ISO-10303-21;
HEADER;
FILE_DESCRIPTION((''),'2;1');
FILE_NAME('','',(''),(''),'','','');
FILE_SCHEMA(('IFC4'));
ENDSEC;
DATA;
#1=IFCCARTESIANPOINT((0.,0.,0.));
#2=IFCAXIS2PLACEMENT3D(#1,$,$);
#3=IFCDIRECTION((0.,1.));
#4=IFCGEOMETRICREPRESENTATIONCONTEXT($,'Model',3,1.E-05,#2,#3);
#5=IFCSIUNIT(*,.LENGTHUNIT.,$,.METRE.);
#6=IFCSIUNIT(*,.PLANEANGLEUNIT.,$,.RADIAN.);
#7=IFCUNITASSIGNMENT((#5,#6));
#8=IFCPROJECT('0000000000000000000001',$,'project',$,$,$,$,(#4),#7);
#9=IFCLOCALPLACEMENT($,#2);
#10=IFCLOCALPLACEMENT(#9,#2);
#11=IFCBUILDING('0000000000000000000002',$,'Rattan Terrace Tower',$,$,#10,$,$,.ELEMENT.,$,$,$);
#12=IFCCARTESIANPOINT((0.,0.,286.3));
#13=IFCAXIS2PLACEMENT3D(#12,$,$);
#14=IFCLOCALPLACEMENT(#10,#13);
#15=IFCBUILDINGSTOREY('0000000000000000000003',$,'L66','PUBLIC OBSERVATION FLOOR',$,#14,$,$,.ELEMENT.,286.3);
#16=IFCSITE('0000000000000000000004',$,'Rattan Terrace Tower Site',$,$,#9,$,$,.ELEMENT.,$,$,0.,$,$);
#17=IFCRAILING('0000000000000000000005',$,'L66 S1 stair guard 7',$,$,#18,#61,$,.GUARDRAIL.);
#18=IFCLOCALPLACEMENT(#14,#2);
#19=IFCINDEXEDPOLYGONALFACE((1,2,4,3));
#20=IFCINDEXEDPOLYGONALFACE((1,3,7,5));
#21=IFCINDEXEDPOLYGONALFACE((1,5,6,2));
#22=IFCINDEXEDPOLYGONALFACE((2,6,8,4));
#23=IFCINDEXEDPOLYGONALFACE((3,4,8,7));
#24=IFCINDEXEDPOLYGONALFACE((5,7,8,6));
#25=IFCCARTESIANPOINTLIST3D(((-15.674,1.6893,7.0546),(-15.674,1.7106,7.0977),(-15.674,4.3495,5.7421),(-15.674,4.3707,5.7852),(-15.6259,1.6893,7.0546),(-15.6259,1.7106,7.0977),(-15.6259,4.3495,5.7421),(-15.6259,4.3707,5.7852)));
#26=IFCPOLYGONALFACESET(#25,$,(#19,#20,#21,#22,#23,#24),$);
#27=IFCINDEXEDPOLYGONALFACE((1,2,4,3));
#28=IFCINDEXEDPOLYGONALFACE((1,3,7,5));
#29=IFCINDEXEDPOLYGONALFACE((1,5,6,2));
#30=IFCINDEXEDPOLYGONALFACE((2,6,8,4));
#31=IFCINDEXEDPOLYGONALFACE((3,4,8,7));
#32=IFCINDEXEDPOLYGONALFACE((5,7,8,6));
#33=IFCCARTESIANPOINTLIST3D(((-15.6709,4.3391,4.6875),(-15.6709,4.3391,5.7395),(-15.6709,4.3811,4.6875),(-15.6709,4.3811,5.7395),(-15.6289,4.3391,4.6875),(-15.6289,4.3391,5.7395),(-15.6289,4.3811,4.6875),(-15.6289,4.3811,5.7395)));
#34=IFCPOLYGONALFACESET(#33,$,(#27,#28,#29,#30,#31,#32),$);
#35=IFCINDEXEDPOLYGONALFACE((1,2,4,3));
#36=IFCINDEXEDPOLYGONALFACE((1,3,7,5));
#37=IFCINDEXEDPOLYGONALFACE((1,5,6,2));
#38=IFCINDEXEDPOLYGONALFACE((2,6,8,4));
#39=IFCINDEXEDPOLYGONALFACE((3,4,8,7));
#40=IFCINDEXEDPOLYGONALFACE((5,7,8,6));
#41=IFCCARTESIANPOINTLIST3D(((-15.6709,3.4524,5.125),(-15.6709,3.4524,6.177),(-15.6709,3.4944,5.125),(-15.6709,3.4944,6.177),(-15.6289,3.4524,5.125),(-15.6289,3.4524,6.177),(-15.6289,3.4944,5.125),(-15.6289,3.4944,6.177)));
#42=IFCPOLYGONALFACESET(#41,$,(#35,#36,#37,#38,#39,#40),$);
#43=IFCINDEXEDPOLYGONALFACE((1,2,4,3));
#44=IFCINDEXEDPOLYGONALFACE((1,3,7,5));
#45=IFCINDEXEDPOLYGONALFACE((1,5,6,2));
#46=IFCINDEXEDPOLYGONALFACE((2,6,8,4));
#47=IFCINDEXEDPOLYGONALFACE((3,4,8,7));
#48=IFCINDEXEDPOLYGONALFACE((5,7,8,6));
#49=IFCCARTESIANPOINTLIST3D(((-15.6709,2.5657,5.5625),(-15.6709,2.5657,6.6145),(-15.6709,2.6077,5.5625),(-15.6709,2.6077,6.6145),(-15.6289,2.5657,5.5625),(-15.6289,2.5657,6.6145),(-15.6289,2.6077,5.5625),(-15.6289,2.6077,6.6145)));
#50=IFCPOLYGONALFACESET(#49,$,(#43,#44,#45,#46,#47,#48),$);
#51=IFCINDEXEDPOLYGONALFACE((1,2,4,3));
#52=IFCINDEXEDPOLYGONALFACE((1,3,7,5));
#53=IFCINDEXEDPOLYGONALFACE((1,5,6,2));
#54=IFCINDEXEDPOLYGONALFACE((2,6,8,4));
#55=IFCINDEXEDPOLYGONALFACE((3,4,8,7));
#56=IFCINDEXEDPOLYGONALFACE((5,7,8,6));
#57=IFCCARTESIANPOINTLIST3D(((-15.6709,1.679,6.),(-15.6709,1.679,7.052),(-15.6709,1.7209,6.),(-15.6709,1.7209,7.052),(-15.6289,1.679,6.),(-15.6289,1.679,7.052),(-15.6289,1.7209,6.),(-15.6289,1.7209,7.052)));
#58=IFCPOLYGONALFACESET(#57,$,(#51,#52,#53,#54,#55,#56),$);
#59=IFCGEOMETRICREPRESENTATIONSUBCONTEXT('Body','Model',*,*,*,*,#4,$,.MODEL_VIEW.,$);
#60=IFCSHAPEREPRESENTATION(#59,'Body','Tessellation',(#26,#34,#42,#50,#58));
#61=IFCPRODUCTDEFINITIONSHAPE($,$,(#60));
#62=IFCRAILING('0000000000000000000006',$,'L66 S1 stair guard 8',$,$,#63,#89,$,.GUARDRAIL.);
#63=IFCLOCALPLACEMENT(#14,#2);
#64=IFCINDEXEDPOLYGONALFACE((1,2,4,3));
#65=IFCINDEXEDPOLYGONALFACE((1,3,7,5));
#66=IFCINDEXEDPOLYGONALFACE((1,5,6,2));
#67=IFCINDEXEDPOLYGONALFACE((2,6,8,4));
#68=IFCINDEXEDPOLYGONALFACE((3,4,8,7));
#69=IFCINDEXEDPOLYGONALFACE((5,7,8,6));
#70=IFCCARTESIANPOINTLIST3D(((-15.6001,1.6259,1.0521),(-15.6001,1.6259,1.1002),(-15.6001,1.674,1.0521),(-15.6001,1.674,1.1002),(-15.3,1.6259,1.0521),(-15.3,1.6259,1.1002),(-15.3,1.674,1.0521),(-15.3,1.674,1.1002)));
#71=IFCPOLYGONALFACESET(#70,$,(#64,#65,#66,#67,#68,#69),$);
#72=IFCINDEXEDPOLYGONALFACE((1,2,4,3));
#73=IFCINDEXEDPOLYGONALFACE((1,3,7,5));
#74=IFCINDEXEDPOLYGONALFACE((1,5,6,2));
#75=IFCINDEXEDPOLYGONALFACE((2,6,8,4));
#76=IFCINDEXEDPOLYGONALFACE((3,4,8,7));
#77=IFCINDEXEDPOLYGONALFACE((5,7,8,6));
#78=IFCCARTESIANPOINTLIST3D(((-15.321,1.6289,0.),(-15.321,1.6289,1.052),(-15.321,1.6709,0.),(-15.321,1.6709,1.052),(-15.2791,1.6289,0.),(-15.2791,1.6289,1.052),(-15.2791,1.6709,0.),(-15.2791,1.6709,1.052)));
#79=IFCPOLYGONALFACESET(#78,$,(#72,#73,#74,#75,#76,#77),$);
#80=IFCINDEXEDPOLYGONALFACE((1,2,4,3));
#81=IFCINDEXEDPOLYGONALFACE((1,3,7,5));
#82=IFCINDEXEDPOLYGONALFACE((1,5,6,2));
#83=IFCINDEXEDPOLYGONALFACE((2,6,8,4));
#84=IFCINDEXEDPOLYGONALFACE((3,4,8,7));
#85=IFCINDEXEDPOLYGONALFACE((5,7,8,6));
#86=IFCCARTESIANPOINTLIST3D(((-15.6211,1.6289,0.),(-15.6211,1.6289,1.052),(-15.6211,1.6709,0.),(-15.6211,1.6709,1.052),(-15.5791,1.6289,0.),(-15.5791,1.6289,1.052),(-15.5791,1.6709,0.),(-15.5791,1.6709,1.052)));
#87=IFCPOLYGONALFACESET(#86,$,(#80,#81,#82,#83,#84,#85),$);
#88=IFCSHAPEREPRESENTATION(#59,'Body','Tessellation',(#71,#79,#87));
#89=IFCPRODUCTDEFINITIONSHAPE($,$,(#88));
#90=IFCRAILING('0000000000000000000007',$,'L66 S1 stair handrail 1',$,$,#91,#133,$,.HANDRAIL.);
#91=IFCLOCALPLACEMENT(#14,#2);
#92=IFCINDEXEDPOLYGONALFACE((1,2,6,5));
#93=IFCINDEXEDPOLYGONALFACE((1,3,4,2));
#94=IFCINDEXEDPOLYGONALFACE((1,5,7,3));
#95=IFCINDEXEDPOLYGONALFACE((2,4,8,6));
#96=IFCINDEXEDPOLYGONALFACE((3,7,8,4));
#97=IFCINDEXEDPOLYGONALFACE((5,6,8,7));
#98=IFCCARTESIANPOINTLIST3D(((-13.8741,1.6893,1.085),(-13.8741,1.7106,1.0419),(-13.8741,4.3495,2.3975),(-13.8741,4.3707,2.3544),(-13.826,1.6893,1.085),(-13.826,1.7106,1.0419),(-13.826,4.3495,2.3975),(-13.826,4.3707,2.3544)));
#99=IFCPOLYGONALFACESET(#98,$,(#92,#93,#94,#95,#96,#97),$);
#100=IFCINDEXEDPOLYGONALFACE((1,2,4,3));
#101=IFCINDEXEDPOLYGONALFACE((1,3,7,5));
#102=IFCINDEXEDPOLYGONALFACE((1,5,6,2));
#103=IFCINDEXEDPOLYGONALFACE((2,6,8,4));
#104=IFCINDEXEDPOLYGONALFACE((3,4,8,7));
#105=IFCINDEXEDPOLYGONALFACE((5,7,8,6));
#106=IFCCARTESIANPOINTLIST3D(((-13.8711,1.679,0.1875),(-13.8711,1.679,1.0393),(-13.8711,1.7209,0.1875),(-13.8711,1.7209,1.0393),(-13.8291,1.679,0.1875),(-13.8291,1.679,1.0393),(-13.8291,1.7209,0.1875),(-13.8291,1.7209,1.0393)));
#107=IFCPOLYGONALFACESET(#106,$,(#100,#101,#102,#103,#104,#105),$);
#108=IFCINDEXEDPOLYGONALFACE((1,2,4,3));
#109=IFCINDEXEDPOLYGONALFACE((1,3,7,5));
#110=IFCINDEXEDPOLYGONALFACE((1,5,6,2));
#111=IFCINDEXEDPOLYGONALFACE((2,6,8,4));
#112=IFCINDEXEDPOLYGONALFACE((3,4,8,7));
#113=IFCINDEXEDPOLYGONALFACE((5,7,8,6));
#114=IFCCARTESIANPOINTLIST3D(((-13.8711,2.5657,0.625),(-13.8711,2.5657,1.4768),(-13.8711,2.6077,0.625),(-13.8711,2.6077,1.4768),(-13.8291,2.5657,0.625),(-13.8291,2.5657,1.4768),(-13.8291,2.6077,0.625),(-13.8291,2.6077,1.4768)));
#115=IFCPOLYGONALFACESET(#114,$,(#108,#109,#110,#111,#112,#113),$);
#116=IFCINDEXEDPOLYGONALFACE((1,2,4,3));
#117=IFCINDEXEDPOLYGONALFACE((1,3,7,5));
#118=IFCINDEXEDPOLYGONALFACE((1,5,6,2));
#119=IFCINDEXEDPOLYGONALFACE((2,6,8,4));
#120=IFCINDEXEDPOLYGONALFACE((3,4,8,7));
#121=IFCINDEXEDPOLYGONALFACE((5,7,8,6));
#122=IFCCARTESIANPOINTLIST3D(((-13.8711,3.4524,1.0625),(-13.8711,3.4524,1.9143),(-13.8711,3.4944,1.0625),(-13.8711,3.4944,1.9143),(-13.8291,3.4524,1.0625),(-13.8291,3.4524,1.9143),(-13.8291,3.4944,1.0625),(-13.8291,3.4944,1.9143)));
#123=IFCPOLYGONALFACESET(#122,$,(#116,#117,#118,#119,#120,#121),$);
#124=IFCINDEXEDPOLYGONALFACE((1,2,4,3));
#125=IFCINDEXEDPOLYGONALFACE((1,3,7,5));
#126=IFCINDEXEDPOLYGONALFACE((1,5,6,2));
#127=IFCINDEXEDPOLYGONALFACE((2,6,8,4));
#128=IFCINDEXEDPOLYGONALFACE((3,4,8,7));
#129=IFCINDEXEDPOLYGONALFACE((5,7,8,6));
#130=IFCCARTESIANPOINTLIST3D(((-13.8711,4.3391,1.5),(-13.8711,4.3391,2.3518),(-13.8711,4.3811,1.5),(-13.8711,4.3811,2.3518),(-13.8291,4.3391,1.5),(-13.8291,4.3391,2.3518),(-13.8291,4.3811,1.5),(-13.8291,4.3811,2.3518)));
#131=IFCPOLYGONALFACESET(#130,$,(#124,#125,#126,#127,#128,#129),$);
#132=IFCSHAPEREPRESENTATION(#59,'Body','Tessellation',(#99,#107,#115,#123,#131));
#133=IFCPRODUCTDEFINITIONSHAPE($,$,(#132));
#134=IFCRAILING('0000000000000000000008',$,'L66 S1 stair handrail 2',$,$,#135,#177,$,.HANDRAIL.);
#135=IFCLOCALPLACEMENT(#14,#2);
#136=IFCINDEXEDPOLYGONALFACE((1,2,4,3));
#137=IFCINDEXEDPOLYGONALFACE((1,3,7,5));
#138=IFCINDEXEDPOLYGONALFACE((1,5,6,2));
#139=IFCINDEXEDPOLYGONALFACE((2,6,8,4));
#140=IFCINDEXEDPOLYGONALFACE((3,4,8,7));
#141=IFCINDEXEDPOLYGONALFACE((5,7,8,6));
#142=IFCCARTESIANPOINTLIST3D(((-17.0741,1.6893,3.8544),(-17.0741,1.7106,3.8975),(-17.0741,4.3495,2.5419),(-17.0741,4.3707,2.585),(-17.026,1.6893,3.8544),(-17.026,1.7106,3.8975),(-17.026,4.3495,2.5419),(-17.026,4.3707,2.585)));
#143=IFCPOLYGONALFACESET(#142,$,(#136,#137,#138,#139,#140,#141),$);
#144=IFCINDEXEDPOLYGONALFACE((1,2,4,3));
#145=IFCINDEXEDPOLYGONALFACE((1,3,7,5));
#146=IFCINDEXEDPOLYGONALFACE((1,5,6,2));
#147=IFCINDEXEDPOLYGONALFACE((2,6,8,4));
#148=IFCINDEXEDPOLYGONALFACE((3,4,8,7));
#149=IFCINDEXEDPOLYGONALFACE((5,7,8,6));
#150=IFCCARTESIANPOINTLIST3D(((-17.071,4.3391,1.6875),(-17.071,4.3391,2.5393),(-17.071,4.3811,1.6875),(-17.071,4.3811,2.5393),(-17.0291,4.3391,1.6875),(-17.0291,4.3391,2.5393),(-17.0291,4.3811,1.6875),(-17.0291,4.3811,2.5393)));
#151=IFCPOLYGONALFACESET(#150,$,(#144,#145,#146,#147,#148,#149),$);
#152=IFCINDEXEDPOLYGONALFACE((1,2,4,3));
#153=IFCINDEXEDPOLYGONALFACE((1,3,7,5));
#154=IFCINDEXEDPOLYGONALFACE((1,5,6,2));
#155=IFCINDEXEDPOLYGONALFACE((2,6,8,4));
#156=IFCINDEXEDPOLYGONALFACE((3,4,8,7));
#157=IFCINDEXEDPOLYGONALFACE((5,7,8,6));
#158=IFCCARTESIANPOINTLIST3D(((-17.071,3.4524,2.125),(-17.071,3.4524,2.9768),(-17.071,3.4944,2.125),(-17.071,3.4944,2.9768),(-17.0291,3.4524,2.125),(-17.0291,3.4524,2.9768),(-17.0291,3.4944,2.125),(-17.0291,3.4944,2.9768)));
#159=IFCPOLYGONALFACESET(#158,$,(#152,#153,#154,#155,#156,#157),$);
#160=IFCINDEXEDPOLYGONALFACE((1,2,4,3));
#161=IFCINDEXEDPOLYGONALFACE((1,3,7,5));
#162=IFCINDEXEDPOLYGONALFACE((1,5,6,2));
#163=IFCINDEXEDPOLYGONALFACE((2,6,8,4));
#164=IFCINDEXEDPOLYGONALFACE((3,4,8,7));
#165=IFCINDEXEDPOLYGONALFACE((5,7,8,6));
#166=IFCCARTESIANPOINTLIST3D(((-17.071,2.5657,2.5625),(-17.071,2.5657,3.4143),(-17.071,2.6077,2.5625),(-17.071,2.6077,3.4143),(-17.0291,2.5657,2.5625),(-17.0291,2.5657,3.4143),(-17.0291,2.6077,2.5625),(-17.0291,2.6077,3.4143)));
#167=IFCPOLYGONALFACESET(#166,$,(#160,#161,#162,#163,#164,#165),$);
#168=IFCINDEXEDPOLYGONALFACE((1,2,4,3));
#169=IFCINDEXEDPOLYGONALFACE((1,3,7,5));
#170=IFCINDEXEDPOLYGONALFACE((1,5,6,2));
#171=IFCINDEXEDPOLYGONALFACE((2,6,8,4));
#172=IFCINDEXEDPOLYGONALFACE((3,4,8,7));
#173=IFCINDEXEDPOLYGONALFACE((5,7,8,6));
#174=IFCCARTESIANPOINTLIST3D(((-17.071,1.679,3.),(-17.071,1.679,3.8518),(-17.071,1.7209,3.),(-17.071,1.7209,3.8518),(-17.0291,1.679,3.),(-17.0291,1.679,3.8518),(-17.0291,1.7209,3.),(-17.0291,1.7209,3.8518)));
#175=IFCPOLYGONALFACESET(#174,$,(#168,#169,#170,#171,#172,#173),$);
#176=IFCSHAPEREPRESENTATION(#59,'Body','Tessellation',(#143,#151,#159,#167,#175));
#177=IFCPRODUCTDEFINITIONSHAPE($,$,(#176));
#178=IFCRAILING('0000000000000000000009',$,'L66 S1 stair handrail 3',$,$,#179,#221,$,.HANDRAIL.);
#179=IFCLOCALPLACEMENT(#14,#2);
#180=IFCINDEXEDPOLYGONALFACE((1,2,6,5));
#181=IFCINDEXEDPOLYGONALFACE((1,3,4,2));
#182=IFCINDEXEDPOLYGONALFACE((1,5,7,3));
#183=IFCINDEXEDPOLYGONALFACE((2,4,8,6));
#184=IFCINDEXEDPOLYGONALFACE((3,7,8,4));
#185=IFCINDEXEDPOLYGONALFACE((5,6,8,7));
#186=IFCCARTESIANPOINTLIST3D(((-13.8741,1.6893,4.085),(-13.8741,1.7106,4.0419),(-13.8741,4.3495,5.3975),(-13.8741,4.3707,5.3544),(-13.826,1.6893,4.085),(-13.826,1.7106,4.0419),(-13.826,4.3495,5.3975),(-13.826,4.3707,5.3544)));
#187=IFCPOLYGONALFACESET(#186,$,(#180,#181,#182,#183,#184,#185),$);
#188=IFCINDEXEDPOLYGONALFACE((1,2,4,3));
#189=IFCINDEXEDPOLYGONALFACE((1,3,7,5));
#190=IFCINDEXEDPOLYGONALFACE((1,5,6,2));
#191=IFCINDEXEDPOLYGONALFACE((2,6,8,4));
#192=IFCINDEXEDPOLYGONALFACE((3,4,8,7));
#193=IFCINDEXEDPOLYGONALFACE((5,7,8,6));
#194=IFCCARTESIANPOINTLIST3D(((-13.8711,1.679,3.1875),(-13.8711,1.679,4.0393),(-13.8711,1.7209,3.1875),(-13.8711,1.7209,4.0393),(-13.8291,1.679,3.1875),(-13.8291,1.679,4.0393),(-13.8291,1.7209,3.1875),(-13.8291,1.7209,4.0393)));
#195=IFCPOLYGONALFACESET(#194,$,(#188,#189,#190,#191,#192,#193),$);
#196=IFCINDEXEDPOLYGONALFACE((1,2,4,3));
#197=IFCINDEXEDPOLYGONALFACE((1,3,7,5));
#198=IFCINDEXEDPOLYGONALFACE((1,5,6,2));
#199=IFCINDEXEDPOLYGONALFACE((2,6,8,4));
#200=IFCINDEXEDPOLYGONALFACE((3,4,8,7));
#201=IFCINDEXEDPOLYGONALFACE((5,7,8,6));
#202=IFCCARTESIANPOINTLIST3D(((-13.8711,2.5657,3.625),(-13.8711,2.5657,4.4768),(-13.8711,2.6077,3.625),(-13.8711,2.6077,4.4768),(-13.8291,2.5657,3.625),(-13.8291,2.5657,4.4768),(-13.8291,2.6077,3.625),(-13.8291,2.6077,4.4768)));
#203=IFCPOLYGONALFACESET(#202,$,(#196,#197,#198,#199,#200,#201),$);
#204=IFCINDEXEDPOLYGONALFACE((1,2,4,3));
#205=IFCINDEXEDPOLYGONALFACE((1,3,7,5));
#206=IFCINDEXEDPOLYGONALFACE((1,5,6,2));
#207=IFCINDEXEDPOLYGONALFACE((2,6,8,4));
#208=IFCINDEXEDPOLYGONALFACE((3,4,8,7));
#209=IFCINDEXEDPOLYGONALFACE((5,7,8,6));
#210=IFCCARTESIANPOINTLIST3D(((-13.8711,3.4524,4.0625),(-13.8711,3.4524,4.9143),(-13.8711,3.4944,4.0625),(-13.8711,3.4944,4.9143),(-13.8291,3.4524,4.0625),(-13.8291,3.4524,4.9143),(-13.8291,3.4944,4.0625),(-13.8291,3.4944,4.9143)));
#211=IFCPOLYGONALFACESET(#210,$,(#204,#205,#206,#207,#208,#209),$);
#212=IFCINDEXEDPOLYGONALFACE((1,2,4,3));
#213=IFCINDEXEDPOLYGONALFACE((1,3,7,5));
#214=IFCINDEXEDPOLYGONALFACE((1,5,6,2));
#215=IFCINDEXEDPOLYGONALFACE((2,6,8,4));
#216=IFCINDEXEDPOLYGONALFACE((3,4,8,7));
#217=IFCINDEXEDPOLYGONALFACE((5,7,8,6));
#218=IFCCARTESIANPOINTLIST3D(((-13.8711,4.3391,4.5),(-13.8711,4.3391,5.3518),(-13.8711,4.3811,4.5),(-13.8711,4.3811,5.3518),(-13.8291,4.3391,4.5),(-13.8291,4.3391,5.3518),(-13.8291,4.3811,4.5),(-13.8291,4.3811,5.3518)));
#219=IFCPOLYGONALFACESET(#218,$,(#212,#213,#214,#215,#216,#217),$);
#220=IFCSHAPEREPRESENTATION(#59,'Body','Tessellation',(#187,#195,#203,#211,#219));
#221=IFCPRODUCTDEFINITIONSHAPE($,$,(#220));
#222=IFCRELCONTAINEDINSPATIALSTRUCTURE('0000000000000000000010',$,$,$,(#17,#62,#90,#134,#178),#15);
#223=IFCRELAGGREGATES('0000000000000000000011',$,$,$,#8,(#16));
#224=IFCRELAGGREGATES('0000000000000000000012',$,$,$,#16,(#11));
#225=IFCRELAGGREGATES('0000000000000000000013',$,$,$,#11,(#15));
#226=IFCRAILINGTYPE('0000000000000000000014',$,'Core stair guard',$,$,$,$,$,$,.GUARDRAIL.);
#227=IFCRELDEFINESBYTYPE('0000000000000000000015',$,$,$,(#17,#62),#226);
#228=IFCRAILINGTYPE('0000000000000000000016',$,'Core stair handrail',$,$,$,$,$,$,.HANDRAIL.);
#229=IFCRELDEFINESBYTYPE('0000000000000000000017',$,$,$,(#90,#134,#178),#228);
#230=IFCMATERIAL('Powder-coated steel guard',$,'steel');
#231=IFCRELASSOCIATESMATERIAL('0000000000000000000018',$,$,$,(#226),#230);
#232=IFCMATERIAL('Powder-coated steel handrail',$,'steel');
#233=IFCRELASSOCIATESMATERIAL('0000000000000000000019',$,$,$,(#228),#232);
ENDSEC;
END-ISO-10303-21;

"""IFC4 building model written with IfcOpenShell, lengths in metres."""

from ifc_helpers import new_model, si_unit, direction, frame, origin, origin_2d, place, context, subcontext, project, spatial, rectangle, extrude, material, type_object, element, save


model = new_model("IFC4")

# Units and contexts
model_context = context("Model", 3, precision=1e-05, world=origin(), true_north=direction((0.0, 1.0)))
body_context = subcontext(model_context, "Body", "Model", "MODEL_VIEW")
ifc_project = project(units=[si_unit("LENGTHUNIT", "METRE"), si_unit("PLANEANGLEUNIT", "RADIAN")], contexts=[model_context])

# Site, building, storey
site_placement = place(None, origin())
site = spatial("IfcSite", under=ifc_project, at=site_placement, Name="Rattan Terrace Tower Site", CompositionType="ELEMENT", RefElevation=0.0)
building_placement = place(site_placement, origin())
building = spatial("IfcBuilding", under=site, at=building_placement, Name="Rattan Terrace Tower", CompositionType="ELEMENT")
storey_placement = place(building_placement, frame((0.0, 0.0, 286.3)))
storey = spatial("IfcBuildingStorey", under=building, at=storey_placement, Name="L66", Description="PUBLIC OBSERVATION FLOOR", CompositionType="ELEMENT", Elevation=286.3)

# Railings
ifc_material_1 = material(Name="Powder-coated steel guard", Category="steel")
railing_type_1 = type_object("IfcRailingType", Name="Core stair guard", PredefinedType="GUARDRAIL", material=ifc_material_1)
railing_1_placement = place(storey_placement, frame((-15.6499, 4.3601, 4.6875)))
element("IfcRailing", 1, at=railing_1_placement, inside=storey, type_object=railing_type_1, Name="L66 S1 stair guard 7", PredefinedType="GUARDRAIL", context=body_context, shape_type="SweptSolid", body=[
    extrude(rectangle(XDim=0.0481, YDim=0.0481, at=origin_2d()), frame((0.0, 0.0, 1.0762), z_axis=(0.0, -0.896785, 0.442467), x_axis=(1.0, 0.0, 0.0)), (0.0, 0.0, 1.0), 2.9663),
    extrude(rectangle(XDim=0.042, YDim=0.042, at=origin_2d()), origin(), (0.0, 0.0, 1.0), 1.052),
    extrude(rectangle(XDim=0.042, YDim=0.042, at=origin_2d()), frame((0.0, -0.8867, 0.4375)), (0.0, 0.0, 1.0), 1.052),
    extrude(rectangle(XDim=0.042, YDim=0.042, at=origin_2d()), frame((0.0, -1.7734, 0.875)), (0.0, 0.0, 1.0), 1.052),
    extrude(rectangle(XDim=0.042, YDim=0.042, at=origin_2d()), frame((0.0, -2.6602, 1.3125)), (0.0, 0.0, 1.0), 1.052),
])
railing_2_placement = place(storey_placement, frame((-15.3, 1.6499, 0.0)))
element("IfcRailing", 2, at=railing_2_placement, inside=storey, type_object=railing_type_1, Name="L66 S1 stair guard 8", PredefinedType="GUARDRAIL", context=body_context, shape_type="SweptSolid", body=[
    extrude(rectangle(XDim=0.0481, YDim=0.0481, at=origin_2d()), frame((0.0, 0.0, 1.0762), z_axis=(-1.0, 0.0, 0.0), x_axis=(0.0, -1.0, 0.0)), (0.0, 0.0, 1.0), 0.3),
    extrude(rectangle(XDim=0.042, YDim=0.042, at=origin_2d()), origin(), (0.0, 0.0, 1.0), 1.052),
    extrude(rectangle(XDim=0.042, YDim=0.042, at=origin_2d()), frame((-0.3, 0.0, 0.0)), (0.0, 0.0, 1.0), 1.052),
])
ifc_material_2 = material(Name="Powder-coated steel handrail", Category="steel")
railing_type_2 = type_object("IfcRailingType", Name="Core stair handrail", PredefinedType="HANDRAIL", material=ifc_material_2)
railing_3_placement = place(storey_placement, frame((-13.8501, 1.7, 0.1875)))
element("IfcRailing", 3, at=railing_3_placement, inside=storey, type_object=railing_type_2, Name="L66 S1 stair handrail 1", PredefinedType="HANDRAIL", context=body_context, shape_type="SweptSolid", body=[
    extrude(rectangle(XDim=0.0481, YDim=0.0481, at=origin_2d()), frame((0.0, 0.0, 0.876), z_axis=(0.0, 0.896785, 0.442467), x_axis=(-1.0, 0.0, 0.0)), (0.0, 0.0, 1.0), 2.9663),
    extrude(rectangle(XDim=0.042, YDim=0.042, at=origin_2d()), origin(), (0.0, 0.0, 1.0), 0.8518),
    extrude(rectangle(XDim=0.042, YDim=0.042, at=origin_2d()), frame((0.0, 0.8867, 0.4375)), (0.0, 0.0, 1.0), 0.8518),
    extrude(rectangle(XDim=0.042, YDim=0.042, at=origin_2d()), frame((0.0, 1.7734, 0.875)), (0.0, 0.0, 1.0), 0.8518),
    extrude(rectangle(XDim=0.042, YDim=0.042, at=origin_2d()), frame((0.0, 2.6602, 1.3125)), (0.0, 0.0, 1.0), 0.8518),
])
railing_4_placement = place(storey_placement, frame((-17.05, 4.3601, 1.6875)))
element("IfcRailing", 4, at=railing_4_placement, inside=storey, type_object=railing_type_2, Name="L66 S1 stair handrail 2", PredefinedType="HANDRAIL", context=body_context, shape_type="SweptSolid", body=[
    extrude(rectangle(XDim=0.0481, YDim=0.0481, at=origin_2d()), frame((0.0, 0.0, 0.876), z_axis=(0.0, -0.896785, 0.442467), x_axis=(1.0, 0.0, 0.0)), (0.0, 0.0, 1.0), 2.9663),
    extrude(rectangle(XDim=0.042, YDim=0.042, at=origin_2d()), origin(), (0.0, 0.0, 1.0), 0.8518),
    extrude(rectangle(XDim=0.042, YDim=0.042, at=origin_2d()), frame((0.0, -0.8867, 0.4375)), (0.0, 0.0, 1.0), 0.8518),
    extrude(rectangle(XDim=0.042, YDim=0.042, at=origin_2d()), frame((0.0, -1.7734, 0.875)), (0.0, 0.0, 1.0), 0.8518),
    extrude(rectangle(XDim=0.042, YDim=0.042, at=origin_2d()), frame((0.0, -2.6602, 1.3125)), (0.0, 0.0, 1.0), 0.8518),
])
railing_5_placement = place(storey_placement, frame((-13.8501, 1.7, 3.1875)))
element("IfcRailing", 5, at=railing_5_placement, inside=storey, type_object=railing_type_2, Name="L66 S1 stair handrail 3", PredefinedType="HANDRAIL", context=body_context, shape_type="SweptSolid", body=[
    extrude(rectangle(XDim=0.0481, YDim=0.0481, at=origin_2d()), frame((0.0, 0.0, 0.876), z_axis=(0.0, 0.896785, 0.442467), x_axis=(-1.0, 0.0, 0.0)), (0.0, 0.0, 1.0), 2.9663),
    extrude(rectangle(XDim=0.042, YDim=0.042, at=origin_2d()), origin(), (0.0, 0.0, 1.0), 0.8518),
    extrude(rectangle(XDim=0.042, YDim=0.042, at=origin_2d()), frame((0.0, 0.8867, 0.4375)), (0.0, 0.0, 1.0), 0.8518),
    extrude(rectangle(XDim=0.042, YDim=0.042, at=origin_2d()), frame((0.0, 1.7734, 0.875)), (0.0, 0.0, 1.0), 0.8518),
    extrude(rectangle(XDim=0.042, YDim=0.042, at=origin_2d()), frame((0.0, 2.6602, 1.3125)), (0.0, 0.0, 1.0), 0.8518),
])

save(model, "model.ifc")
